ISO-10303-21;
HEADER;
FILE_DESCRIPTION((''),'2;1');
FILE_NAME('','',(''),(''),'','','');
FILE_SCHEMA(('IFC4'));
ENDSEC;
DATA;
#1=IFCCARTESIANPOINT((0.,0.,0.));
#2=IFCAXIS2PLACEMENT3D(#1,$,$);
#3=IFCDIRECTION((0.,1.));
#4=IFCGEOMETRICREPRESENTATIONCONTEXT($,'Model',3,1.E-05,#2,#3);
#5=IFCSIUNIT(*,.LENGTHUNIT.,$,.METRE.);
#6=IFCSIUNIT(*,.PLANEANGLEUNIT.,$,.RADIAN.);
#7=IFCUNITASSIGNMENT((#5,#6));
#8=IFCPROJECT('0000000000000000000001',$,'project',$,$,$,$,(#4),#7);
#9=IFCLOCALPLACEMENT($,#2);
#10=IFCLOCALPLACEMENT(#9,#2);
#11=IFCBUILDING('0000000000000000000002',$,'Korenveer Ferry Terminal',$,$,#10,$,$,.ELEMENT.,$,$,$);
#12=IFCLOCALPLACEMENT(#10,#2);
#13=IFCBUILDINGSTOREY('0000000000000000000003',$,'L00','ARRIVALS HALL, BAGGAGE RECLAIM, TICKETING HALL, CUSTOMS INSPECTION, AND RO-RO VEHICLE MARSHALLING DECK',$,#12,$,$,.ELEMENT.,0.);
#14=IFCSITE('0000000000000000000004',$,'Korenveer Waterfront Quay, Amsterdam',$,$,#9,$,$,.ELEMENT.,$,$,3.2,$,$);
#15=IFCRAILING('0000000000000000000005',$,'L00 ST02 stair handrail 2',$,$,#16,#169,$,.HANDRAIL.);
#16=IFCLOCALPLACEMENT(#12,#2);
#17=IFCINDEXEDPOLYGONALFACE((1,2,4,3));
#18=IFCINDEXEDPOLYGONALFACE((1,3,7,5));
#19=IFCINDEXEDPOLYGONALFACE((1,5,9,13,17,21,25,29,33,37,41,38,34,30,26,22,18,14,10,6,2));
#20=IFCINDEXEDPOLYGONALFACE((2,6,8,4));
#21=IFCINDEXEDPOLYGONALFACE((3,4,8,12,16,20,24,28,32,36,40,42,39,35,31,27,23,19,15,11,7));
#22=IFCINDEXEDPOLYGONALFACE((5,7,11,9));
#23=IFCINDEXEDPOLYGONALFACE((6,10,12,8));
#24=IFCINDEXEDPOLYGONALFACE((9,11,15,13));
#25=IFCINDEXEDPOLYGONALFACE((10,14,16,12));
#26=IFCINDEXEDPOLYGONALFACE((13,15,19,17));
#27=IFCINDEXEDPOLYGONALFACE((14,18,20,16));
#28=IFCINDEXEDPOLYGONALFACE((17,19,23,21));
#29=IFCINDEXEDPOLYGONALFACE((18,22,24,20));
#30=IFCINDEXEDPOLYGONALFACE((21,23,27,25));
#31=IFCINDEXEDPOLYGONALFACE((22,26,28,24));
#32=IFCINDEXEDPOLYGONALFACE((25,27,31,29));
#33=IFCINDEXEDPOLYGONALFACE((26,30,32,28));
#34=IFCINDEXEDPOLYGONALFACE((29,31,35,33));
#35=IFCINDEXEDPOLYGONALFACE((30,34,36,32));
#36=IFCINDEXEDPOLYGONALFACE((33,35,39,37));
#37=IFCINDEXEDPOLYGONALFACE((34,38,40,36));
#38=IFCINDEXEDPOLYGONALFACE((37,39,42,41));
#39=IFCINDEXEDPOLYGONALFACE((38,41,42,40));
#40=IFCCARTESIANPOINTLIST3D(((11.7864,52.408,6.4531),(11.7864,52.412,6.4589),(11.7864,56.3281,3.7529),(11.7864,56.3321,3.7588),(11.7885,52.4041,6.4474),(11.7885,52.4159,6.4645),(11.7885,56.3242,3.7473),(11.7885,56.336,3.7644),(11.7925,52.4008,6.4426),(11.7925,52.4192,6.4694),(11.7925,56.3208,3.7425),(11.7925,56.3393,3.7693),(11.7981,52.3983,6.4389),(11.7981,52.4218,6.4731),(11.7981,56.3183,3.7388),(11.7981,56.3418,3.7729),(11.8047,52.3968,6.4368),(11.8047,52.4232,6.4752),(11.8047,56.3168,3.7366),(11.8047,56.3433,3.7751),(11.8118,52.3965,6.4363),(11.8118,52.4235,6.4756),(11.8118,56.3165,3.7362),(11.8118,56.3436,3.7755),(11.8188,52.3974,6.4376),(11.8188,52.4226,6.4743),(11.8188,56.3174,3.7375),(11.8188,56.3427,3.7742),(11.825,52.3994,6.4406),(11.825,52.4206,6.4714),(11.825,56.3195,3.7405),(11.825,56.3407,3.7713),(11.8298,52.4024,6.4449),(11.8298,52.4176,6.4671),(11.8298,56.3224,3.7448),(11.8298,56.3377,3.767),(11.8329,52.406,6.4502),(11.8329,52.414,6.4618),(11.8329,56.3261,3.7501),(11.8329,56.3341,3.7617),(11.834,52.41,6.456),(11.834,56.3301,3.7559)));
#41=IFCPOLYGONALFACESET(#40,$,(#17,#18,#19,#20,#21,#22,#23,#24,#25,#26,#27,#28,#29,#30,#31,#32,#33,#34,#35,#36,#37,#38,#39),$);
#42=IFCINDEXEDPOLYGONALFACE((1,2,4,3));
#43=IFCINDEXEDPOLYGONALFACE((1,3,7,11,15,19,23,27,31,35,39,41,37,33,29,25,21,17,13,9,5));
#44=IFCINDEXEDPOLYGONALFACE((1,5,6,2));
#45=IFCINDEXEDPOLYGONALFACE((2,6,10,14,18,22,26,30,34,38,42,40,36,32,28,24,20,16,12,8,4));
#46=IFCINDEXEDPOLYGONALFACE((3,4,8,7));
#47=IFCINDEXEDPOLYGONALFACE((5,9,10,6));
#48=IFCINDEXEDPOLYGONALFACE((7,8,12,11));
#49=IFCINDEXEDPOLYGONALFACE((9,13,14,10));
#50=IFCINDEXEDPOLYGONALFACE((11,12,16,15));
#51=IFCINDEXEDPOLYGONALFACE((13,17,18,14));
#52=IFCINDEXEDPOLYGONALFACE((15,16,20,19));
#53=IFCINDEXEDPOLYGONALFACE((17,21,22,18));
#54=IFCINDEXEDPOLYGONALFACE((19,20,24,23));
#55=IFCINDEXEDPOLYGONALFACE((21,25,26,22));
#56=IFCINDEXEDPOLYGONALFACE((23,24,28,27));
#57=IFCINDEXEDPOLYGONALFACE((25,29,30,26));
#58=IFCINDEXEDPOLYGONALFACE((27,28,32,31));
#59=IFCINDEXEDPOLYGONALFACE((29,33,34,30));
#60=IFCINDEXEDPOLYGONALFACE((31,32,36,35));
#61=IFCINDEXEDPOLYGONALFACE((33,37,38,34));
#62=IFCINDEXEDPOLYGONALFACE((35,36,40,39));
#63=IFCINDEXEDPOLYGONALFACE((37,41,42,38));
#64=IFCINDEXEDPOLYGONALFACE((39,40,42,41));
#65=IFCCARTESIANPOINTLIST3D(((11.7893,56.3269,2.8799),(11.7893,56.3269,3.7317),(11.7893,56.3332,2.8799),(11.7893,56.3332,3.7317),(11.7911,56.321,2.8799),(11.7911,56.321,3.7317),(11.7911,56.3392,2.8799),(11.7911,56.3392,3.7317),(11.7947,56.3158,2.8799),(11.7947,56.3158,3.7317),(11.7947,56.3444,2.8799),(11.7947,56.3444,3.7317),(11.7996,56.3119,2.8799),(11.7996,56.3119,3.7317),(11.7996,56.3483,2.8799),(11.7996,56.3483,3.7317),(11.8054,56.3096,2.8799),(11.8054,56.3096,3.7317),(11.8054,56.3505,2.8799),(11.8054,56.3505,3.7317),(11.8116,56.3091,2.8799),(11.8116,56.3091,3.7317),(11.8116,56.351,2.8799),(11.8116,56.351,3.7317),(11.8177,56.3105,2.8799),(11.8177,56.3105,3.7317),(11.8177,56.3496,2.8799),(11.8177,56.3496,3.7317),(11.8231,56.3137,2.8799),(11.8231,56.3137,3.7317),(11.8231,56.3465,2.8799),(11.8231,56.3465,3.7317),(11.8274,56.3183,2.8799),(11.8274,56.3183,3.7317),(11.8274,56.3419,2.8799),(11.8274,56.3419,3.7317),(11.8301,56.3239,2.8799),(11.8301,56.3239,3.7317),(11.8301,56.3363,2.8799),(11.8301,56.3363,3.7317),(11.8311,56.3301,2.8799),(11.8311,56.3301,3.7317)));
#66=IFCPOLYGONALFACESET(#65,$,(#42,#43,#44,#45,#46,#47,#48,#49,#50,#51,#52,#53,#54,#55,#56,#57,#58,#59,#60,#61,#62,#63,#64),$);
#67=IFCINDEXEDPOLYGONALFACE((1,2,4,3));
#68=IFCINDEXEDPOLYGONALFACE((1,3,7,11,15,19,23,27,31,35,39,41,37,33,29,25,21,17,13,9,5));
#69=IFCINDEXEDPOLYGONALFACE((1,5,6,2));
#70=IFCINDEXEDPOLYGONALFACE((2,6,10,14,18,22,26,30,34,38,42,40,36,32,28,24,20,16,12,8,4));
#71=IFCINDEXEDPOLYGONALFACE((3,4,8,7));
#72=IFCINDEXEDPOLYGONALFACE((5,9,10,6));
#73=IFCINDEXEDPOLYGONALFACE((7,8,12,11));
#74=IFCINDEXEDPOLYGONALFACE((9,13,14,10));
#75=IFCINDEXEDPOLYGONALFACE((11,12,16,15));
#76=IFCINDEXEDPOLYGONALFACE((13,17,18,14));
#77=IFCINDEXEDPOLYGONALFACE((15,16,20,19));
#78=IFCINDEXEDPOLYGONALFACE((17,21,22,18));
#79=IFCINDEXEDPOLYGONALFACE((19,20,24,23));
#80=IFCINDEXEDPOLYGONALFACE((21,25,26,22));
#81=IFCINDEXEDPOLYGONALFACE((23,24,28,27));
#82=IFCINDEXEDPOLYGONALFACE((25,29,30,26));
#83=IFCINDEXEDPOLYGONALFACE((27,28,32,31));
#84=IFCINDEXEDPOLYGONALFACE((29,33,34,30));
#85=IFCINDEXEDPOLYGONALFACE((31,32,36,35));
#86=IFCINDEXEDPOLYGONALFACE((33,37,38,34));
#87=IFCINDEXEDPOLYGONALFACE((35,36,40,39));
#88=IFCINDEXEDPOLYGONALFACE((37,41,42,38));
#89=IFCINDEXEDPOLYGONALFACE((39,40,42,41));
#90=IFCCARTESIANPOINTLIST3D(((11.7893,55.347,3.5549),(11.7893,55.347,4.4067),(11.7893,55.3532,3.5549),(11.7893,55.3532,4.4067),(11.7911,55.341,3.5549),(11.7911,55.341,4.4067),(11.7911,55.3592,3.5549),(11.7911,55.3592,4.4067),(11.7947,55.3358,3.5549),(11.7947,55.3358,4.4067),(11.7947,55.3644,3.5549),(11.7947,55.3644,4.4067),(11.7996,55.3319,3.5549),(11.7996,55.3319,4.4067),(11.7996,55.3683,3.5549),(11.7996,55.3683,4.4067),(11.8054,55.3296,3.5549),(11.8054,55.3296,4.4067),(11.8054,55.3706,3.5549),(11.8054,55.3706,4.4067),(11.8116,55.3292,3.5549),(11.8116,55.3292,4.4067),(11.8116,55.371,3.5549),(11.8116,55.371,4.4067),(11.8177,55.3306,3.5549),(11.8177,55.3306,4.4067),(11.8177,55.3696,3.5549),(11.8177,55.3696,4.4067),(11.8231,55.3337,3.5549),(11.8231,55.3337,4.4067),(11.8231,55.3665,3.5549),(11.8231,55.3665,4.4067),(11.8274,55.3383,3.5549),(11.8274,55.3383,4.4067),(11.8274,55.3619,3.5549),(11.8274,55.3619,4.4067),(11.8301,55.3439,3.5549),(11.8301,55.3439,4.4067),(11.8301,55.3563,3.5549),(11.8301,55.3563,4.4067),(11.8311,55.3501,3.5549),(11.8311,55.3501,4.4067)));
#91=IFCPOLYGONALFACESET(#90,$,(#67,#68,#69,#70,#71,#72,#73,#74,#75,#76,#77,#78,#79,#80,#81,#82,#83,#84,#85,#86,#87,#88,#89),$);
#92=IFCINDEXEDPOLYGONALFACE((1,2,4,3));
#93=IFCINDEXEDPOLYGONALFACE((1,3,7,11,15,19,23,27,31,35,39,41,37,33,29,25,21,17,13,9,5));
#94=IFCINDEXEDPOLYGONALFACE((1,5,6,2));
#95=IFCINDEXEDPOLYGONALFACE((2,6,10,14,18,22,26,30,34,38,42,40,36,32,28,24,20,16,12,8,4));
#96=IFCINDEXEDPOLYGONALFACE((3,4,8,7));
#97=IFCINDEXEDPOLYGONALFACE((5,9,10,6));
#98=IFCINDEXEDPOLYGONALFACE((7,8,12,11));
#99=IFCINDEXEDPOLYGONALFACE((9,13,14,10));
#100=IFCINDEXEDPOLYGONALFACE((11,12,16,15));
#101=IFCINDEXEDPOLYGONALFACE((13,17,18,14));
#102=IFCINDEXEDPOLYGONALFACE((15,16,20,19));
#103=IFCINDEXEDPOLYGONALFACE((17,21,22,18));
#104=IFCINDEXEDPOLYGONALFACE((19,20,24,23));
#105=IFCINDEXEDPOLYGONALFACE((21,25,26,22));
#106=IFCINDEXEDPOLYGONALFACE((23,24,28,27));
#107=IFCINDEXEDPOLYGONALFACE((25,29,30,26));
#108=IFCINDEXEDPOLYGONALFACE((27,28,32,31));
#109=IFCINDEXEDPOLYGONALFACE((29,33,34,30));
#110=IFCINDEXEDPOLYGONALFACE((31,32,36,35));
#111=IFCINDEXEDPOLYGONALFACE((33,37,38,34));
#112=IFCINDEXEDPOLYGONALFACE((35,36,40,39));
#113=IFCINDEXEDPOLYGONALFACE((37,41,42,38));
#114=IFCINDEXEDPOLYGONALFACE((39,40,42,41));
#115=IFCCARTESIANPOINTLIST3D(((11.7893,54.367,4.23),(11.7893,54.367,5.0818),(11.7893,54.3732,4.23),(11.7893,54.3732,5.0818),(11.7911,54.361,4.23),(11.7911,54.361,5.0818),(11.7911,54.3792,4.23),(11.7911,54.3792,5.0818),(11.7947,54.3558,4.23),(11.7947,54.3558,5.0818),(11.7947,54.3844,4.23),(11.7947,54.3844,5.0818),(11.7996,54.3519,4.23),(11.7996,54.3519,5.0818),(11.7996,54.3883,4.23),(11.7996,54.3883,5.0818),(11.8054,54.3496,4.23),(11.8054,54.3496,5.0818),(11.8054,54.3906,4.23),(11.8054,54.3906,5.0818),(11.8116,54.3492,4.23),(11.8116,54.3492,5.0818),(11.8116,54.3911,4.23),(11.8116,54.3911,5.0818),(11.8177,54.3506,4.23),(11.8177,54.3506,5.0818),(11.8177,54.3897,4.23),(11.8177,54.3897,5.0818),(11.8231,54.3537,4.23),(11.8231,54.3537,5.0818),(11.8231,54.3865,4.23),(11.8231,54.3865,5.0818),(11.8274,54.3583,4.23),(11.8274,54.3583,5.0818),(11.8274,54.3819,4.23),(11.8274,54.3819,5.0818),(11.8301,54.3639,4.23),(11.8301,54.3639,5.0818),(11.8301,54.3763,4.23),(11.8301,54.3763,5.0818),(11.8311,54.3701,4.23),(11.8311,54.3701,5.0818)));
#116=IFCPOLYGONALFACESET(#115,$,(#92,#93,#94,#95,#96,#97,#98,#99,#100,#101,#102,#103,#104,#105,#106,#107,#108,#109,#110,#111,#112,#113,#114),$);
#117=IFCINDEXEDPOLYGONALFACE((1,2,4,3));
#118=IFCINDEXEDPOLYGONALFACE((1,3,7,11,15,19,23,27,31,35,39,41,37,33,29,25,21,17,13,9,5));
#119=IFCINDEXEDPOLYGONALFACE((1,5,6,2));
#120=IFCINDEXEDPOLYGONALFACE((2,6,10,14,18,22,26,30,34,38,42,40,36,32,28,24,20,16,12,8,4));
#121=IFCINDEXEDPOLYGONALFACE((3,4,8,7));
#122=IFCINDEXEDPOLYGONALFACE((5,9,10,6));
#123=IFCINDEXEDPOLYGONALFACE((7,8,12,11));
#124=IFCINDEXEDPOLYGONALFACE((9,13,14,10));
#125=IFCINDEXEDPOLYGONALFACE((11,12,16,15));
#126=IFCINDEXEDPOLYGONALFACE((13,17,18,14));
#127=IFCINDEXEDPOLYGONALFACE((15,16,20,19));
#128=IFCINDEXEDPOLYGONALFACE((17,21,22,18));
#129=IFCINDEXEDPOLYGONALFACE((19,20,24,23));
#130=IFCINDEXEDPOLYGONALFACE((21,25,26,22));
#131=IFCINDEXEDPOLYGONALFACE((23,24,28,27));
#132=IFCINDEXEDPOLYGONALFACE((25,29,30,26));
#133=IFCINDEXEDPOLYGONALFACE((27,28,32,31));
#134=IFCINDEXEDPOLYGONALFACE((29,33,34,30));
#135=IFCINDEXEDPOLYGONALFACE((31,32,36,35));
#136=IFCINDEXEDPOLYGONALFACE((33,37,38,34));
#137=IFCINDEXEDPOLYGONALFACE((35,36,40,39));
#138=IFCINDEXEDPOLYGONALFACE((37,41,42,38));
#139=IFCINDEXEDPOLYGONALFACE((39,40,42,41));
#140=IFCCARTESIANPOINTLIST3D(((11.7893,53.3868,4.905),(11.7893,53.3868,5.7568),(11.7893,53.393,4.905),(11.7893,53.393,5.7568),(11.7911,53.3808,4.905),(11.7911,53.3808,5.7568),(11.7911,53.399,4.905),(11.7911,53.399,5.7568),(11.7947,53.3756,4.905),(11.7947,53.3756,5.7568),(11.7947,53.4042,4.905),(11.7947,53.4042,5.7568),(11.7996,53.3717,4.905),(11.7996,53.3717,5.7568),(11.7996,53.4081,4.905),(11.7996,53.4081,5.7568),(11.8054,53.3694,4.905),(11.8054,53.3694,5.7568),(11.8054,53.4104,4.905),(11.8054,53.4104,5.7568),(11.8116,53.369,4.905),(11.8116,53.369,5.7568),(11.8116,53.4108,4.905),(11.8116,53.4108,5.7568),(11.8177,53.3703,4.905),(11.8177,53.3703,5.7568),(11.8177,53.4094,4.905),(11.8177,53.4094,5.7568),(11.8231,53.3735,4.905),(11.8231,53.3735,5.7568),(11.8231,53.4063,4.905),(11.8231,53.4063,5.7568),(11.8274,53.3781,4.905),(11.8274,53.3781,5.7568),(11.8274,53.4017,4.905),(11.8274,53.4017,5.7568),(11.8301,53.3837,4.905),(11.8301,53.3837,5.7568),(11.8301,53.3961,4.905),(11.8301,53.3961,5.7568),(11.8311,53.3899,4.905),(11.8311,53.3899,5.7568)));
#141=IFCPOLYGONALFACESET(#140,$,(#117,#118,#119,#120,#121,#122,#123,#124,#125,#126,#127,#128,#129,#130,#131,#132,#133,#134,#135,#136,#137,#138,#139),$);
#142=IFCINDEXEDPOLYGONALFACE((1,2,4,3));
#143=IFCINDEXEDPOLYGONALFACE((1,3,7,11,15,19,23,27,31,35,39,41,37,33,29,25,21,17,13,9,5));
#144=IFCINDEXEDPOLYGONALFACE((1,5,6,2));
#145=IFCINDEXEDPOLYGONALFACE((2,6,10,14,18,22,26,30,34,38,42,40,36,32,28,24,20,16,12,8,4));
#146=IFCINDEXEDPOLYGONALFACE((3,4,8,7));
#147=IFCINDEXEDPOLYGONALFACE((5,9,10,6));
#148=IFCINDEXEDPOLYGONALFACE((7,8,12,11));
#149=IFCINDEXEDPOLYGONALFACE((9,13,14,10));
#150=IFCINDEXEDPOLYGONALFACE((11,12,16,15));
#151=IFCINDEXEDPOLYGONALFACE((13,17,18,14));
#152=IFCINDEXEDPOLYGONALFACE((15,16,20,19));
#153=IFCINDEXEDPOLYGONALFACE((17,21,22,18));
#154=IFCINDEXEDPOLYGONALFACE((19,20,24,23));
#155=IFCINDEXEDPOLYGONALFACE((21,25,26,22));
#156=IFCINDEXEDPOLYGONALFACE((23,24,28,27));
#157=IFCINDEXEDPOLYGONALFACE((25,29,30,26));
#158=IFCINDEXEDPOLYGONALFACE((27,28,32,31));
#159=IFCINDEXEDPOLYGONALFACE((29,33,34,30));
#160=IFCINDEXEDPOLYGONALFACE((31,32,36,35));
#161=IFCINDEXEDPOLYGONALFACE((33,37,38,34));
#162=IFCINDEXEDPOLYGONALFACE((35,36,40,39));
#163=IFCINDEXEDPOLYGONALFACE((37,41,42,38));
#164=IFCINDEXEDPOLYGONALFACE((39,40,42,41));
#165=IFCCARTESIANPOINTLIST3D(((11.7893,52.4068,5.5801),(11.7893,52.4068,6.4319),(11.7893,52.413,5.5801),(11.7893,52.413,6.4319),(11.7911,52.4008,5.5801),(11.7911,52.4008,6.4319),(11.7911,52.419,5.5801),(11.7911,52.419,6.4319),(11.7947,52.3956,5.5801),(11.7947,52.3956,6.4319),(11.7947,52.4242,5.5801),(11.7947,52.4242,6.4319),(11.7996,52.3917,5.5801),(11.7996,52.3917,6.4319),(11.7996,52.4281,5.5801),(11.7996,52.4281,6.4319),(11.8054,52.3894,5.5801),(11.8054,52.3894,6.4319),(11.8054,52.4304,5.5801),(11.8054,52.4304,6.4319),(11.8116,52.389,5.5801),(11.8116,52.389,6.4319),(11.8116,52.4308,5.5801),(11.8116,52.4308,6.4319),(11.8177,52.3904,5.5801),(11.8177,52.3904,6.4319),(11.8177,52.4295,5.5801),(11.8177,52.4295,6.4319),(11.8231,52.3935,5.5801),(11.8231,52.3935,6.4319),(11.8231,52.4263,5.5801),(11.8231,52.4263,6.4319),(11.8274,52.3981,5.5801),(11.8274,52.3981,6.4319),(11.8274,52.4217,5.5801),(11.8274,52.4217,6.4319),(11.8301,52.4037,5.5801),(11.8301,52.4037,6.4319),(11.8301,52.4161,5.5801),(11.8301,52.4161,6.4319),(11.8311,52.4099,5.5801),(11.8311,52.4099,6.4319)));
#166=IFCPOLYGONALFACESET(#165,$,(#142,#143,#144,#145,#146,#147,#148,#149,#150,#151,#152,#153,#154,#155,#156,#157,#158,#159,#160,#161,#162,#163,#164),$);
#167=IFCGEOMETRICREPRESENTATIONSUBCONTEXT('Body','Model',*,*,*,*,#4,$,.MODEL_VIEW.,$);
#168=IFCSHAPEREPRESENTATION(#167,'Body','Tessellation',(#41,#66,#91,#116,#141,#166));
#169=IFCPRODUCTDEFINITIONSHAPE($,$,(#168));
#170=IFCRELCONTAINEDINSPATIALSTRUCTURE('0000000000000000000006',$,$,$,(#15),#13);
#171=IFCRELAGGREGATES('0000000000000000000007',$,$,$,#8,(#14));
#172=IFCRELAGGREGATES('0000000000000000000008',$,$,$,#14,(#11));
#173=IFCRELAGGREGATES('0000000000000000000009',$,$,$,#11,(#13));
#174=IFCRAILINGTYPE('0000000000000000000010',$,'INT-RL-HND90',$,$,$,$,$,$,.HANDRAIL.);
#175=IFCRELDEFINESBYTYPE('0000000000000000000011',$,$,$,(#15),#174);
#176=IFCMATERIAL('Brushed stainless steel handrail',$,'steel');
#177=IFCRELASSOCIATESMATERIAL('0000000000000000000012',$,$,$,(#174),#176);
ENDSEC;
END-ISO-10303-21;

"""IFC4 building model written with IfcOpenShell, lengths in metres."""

from ifc_helpers import new_model, si_unit, direction, frame, origin, origin_2d, place, context, subcontext, project, spatial, circle, extrude, material, type_object, element, save


model = new_model("IFC4")

# Units and contexts
model_context = context("Model", 3, precision=1e-05, world=origin(), true_north=direction((0.0, 1.0)))
body_context = subcontext(model_context, "Body", "Model", "MODEL_VIEW")
ifc_project = project(units=[si_unit("LENGTHUNIT", "METRE"), si_unit("PLANEANGLEUNIT", "RADIAN")], contexts=[model_context])

# Site, building, storey
site_placement = place(None, origin())
site = spatial("IfcSite", under=ifc_project, at=site_placement, Name="Korenveer Waterfront Quay, Amsterdam", CompositionType="ELEMENT", RefElevation=3.2)
building_placement = place(site_placement, origin())
building = spatial("IfcBuilding", under=site, at=building_placement, Name="Korenveer Ferry Terminal", CompositionType="ELEMENT")
storey_placement = place(building_placement, origin())
storey = spatial("IfcBuildingStorey", under=building, at=storey_placement, Name="L00", Description="ARRIVALS HALL, BAGGAGE RECLAIM, TICKETING HALL, CUSTOMS INSPECTION, AND RO-RO VEHICLE MARSHALLING DECK", CompositionType="ELEMENT", Elevation=0.0)

# Railing
ifc_material_1 = material(Name="Brushed stainless steel handrail", Category="steel")
railing_type_1 = type_object("IfcRailingType", Name="INT-RL-HND90", PredefinedType="HANDRAIL", material=ifc_material_1)
railing_1_placement = place(storey_placement, frame((11.8101, 56.3301, 2.8799)))
element("IfcRailing", 1, at=railing_1_placement, inside=storey, type_object=railing_type_1, Name="L00 ST02 stair handrail 2", PredefinedType="HANDRAIL", context=body_context, shape_type="SweptSolid", body=[
    extrude(circle(Radius=0.0239, at=origin_2d()), frame((0.0, 0.0, 0.876), z_axis=(0.0, -0.823543, 0.567253), x_axis=(1.0, 0.0, 0.0)), (0.0, 0.0, 1.0), 4.76),
    extrude(circle(Radius=0.021, at=origin_2d()), origin(), (0.0, 0.0, 1.0), 0.8518),
    extrude(circle(Radius=0.021, at=origin_2d()), frame((0.0, -0.98, 0.675)), (0.0, 0.0, 1.0), 0.8518),
    extrude(circle(Radius=0.021, at=origin_2d()), frame((0.0, -1.96, 1.3501)), (0.0, 0.0, 1.0), 0.8518),
    extrude(circle(Radius=0.021, at=origin_2d()), frame((0.0, -2.9402, 2.0251)), (0.0, 0.0, 1.0), 0.8518),
    extrude(circle(Radius=0.021, at=origin_2d()), frame((0.0, -3.9202, 2.7002)), (0.0, 0.0, 1.0), 0.8518),
])

save(model, "model.ifc")
